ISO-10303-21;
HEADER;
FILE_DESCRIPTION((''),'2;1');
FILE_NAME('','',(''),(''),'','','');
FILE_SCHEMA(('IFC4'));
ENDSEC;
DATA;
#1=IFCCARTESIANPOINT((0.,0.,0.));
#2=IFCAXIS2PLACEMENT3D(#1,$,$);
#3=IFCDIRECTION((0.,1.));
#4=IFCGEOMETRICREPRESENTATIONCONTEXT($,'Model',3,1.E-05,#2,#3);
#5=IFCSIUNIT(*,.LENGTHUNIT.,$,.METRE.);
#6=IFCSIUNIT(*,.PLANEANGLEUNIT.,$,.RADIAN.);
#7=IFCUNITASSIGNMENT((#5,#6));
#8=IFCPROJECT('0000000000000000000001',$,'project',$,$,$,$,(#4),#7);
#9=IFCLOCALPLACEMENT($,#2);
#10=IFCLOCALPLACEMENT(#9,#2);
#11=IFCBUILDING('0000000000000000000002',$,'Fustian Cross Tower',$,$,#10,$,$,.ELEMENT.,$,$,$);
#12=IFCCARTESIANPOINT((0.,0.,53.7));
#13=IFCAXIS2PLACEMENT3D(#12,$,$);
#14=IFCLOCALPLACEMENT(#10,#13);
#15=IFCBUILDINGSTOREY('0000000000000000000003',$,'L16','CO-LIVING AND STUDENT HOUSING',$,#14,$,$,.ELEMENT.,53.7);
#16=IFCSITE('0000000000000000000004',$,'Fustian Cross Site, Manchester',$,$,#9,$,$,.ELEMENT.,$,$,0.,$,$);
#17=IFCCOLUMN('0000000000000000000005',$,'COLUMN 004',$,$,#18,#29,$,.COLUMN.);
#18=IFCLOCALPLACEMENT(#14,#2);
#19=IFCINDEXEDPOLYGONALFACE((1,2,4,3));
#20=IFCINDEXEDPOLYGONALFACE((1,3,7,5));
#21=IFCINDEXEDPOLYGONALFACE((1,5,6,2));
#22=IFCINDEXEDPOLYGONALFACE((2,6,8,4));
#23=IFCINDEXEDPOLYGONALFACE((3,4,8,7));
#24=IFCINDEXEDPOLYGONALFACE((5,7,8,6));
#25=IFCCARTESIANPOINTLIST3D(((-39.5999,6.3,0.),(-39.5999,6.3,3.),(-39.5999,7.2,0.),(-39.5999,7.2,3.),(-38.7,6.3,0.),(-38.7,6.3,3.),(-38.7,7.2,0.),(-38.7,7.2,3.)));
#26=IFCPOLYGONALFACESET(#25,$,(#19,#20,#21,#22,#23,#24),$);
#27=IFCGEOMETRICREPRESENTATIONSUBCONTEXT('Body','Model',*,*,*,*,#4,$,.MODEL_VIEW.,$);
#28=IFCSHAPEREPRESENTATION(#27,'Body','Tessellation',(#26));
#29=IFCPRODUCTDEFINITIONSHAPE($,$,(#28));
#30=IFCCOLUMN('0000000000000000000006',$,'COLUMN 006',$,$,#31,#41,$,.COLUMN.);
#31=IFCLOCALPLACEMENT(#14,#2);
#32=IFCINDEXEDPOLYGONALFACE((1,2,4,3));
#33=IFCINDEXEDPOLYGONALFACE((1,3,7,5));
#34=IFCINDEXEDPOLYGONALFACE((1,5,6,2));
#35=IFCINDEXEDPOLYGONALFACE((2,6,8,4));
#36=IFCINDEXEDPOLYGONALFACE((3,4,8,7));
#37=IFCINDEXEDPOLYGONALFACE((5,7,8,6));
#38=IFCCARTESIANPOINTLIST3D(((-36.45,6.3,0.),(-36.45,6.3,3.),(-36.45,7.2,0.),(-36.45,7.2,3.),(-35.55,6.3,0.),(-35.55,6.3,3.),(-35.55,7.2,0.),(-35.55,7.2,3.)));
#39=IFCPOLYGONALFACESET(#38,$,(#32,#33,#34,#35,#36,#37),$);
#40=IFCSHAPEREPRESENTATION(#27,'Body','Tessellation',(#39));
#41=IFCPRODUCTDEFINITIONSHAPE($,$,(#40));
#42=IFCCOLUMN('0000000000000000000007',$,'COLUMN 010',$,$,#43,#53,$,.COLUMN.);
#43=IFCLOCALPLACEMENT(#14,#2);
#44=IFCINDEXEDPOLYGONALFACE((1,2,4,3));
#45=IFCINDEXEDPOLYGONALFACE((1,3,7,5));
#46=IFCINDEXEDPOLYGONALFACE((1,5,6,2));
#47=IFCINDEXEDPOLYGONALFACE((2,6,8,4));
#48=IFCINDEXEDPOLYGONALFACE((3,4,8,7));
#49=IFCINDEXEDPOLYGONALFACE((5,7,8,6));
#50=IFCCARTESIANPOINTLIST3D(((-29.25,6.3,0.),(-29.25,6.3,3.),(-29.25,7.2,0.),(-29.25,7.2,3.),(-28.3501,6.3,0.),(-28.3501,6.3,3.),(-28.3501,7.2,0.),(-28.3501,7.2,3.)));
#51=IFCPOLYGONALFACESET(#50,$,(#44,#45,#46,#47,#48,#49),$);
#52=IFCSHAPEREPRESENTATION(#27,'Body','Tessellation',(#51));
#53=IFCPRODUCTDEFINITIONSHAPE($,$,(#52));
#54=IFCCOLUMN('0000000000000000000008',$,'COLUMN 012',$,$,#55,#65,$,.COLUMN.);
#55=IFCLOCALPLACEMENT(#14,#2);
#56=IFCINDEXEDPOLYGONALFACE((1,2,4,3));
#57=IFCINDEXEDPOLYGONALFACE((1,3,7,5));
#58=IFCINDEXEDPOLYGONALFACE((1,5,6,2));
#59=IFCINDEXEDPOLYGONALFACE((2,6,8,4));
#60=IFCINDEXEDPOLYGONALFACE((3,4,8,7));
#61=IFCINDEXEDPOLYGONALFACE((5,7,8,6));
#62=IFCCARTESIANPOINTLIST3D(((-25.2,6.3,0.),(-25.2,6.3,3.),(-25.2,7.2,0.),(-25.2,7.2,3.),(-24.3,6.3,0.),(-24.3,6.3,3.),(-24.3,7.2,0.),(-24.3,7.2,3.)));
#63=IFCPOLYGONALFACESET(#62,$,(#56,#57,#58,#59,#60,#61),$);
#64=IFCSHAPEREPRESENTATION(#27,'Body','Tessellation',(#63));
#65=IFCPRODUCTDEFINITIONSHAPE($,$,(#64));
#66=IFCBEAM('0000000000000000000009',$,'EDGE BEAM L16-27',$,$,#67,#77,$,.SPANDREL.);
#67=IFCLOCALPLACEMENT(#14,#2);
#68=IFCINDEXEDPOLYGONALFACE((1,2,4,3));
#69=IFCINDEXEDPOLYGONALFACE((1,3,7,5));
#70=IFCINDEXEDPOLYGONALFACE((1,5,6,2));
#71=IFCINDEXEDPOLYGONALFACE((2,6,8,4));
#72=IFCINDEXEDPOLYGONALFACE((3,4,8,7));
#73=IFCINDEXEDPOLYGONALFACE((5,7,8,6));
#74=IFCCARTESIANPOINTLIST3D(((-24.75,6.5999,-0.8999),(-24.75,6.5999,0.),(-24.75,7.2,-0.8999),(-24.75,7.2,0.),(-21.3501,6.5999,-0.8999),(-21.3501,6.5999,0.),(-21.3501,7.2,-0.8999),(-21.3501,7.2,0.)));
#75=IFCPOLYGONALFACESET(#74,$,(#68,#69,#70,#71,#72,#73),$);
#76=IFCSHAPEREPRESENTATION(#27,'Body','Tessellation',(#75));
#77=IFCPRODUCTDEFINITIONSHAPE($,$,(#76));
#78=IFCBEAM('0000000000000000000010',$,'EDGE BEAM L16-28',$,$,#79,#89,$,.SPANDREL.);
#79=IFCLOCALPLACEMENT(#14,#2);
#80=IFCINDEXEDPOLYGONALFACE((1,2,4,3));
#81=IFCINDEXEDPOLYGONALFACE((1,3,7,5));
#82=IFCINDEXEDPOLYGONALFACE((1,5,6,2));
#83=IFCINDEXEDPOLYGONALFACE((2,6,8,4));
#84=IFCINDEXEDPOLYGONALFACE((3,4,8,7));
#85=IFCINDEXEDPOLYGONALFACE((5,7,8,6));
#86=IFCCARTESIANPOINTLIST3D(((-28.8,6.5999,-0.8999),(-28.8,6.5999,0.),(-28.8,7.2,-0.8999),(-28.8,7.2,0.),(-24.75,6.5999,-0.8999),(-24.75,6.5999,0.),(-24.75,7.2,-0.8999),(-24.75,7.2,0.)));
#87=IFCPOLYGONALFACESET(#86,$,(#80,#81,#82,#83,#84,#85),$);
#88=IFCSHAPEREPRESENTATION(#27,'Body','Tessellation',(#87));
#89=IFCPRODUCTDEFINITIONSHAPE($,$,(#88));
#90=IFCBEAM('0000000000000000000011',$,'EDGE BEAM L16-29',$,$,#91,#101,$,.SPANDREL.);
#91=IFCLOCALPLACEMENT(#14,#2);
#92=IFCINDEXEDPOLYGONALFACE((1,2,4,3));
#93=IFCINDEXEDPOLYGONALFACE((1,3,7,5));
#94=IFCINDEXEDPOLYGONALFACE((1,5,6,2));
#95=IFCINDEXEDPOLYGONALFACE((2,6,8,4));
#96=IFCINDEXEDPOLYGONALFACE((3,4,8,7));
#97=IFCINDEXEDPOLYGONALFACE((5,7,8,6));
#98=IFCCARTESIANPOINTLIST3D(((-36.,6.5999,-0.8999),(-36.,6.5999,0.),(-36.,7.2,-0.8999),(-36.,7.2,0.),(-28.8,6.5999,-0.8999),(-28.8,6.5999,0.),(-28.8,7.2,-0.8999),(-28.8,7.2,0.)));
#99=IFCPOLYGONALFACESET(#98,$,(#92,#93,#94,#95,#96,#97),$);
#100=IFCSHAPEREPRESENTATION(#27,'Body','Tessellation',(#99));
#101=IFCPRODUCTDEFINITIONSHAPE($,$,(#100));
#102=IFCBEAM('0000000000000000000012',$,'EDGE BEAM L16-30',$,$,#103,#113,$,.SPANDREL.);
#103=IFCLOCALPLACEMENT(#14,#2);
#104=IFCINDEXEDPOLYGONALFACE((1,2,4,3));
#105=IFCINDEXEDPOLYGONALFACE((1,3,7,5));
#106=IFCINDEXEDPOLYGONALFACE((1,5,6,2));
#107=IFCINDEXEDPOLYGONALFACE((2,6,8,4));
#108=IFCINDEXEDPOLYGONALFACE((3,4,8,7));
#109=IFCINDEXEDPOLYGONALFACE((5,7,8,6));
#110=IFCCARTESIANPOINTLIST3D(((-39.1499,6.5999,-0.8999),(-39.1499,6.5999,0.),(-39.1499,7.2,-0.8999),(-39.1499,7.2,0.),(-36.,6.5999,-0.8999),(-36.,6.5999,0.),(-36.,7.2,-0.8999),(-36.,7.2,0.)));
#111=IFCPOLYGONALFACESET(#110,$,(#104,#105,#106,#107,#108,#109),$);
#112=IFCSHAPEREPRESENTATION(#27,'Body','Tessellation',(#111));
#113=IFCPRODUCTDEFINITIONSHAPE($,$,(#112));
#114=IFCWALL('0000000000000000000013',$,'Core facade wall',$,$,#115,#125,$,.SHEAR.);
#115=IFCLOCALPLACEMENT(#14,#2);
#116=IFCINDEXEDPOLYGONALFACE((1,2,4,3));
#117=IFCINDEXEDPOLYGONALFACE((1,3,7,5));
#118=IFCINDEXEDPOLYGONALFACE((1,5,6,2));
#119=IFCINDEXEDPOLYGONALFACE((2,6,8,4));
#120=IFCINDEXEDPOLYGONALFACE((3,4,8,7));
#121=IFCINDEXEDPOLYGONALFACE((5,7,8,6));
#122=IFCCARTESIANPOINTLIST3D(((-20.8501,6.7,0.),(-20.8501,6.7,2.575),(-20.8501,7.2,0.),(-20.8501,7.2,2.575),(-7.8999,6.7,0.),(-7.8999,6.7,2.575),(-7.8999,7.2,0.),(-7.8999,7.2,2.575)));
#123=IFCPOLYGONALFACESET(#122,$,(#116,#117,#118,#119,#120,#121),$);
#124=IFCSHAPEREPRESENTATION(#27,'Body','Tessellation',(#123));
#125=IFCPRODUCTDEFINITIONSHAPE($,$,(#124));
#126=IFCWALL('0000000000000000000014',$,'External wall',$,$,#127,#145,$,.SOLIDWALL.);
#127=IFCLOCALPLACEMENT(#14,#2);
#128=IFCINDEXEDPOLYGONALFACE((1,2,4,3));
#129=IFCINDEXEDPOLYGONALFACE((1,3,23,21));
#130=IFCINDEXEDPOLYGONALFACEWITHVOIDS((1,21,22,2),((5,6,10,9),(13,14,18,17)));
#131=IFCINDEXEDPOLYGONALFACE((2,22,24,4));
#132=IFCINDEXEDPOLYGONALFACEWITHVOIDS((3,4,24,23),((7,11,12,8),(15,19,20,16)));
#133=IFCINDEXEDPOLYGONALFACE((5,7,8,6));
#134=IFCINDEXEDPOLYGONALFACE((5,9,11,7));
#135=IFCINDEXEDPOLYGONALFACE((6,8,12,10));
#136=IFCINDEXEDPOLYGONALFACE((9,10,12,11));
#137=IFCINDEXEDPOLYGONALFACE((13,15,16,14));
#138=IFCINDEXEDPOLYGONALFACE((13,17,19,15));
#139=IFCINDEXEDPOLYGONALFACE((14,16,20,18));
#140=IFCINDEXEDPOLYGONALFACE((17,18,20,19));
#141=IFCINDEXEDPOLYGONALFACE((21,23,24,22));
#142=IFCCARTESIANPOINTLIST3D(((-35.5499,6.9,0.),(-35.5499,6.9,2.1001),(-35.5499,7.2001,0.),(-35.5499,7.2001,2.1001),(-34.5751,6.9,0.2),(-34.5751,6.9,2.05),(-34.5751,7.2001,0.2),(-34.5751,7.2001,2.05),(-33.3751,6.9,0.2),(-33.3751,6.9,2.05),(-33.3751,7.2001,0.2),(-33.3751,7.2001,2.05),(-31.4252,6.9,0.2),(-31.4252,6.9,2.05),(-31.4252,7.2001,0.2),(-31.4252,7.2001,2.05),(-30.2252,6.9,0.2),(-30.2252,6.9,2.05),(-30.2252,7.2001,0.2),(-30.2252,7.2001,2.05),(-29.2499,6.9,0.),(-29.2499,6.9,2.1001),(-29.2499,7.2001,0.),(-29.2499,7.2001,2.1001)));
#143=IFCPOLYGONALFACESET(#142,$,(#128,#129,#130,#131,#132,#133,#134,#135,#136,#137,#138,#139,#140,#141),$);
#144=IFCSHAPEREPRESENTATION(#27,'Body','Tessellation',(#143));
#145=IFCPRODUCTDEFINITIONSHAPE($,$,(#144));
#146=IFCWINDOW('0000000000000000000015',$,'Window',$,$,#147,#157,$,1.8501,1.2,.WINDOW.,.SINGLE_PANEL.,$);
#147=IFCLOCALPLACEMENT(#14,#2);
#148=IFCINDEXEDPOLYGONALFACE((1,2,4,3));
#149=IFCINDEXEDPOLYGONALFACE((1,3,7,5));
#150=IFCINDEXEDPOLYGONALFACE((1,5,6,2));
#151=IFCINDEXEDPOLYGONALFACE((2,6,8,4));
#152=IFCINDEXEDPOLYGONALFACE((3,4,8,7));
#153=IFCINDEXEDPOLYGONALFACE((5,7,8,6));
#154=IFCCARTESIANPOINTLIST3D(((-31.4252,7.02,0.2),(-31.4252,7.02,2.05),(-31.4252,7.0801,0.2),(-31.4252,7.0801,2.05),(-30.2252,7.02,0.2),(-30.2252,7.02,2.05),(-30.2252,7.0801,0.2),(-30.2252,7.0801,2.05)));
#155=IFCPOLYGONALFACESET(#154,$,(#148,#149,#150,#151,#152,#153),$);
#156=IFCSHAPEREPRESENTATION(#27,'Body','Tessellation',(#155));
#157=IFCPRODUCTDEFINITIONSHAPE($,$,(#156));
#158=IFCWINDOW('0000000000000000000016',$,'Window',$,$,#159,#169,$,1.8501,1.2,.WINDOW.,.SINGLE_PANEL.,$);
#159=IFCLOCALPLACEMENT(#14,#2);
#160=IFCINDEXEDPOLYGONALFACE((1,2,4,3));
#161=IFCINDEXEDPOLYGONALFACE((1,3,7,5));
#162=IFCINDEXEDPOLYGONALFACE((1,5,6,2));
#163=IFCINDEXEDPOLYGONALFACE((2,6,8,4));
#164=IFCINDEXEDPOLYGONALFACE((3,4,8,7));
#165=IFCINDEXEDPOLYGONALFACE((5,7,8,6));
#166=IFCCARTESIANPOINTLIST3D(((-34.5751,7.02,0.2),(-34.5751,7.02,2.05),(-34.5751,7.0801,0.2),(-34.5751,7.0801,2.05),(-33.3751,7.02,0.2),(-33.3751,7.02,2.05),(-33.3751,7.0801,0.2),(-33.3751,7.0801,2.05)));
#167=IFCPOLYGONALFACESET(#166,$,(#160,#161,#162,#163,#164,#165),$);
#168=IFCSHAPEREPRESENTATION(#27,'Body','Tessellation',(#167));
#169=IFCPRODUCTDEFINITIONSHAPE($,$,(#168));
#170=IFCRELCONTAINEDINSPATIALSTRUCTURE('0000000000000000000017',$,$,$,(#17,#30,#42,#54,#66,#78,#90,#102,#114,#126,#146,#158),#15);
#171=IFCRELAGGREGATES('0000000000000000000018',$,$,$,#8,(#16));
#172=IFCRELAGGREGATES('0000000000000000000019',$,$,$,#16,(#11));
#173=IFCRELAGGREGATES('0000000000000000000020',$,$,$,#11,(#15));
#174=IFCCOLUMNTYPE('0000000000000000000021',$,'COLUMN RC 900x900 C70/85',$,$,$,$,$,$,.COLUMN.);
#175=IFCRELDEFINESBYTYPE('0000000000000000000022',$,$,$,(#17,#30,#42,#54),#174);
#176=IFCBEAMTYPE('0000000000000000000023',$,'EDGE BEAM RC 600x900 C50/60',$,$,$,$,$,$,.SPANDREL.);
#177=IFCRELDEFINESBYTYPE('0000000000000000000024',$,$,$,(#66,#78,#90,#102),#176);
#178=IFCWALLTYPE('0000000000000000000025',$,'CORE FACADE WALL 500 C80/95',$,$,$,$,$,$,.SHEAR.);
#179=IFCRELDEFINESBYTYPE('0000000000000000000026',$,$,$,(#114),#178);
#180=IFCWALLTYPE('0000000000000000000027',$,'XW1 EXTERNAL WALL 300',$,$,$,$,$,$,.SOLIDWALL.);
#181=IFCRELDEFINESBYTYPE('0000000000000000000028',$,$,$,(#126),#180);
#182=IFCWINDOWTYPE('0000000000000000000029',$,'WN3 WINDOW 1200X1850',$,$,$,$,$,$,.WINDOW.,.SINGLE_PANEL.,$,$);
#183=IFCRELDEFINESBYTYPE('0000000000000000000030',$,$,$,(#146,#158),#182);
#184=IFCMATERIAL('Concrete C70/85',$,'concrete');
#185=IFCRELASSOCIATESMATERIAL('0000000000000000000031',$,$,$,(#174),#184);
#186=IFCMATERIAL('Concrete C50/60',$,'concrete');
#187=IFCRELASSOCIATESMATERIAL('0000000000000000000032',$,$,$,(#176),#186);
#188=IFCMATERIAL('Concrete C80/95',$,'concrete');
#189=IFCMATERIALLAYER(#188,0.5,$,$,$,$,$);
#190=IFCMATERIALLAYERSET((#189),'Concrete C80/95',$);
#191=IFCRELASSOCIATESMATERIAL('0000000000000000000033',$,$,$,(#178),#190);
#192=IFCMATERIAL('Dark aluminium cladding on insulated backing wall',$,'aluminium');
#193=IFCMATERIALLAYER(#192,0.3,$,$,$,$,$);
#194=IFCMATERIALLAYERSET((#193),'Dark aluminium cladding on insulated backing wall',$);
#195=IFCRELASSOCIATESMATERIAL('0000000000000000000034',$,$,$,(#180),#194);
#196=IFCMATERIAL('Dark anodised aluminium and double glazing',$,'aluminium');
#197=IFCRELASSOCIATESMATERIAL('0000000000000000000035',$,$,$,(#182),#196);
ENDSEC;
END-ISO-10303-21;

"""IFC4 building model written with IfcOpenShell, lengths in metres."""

from ifc_helpers import new_model, si_unit, direction, frame, frame_2d, origin, origin_2d, place, context, subcontext, project, spatial, rectangle, extrude, material, layer, layer_set, material_profile, profile_set, type_object, element, fill, save


model = new_model("IFC4")

# Units and contexts
model_context = context("Model", 3, precision=1e-05, world=origin(), true_north=direction((0.0, 1.0)))
body_context = subcontext(model_context, "Body", "Model", "MODEL_VIEW")
ifc_project = project(units=[si_unit("LENGTHUNIT", "METRE"), si_unit("PLANEANGLEUNIT", "RADIAN")], contexts=[model_context])

# Site, building, storey
site_placement = place(None, origin())
site = spatial("IfcSite", under=ifc_project, at=site_placement, Name="Fustian Cross Site, Manchester", CompositionType="ELEMENT", RefElevation=0.0)
building_placement = place(site_placement, origin())
building = spatial("IfcBuilding", under=site, at=building_placement, Name="Fustian Cross Tower", CompositionType="ELEMENT")
storey_placement = place(building_placement, frame((0.0, 0.0, 53.7)))
storey = spatial("IfcBuildingStorey", under=building, at=storey_placement, Name="L16", Description="CO-LIVING AND STUDENT HOUSING", CompositionType="ELEMENT", Elevation=53.7)

# Columns
ifc_material_1 = material(Name="Concrete C70/85", Category="concrete")
ifc_material_profile_1 = material_profile(ifc_material_1, rectangle(XDim=0.8999, YDim=0.8999, at=origin_2d()), Name="RC 900x900")
ifc_profile_set_1 = profile_set([ifc_material_profile_1], Name="Concrete C70/85")
column_type = type_object("IfcColumnType", Name="COLUMN RC 900x900 C70/85", PredefinedType="COLUMN", material=ifc_profile_set_1)
for number, where, z_axis, x_axis, name in (
    (1, (-39.1499, 6.75, 0.0), (0.0, 0.0, 1.0), (1.0, 0.0, 0.0), "COLUMN 004"),
    (2, (-36.0, 6.75, 0.0), (0.0, 0.0, 1.0), (1.0, 0.0, 0.0), "COLUMN 006"),
    (3, (-28.8, 6.75, 0.0), (0.0, 0.0, 1.0), (1.0, 0.0, 0.0), "COLUMN 010"),
    (4, (-24.75, 6.75, 0.0), (0.0, 0.0, 1.0), (1.0, 0.0, 0.0), "COLUMN 012"),
):
    element("IfcColumn", number, at=place(storey_placement, frame(where, z_axis=z_axis, x_axis=x_axis)), inside=storey, type_object=column_type, Name=name, PredefinedType="COLUMN", context=body_context, shape_type="SweptSolid", body=[
        extrude(rectangle(XDim=0.8999, YDim=0.8999, at=origin_2d()), origin(), (0.0, 0.0, 1.0), 3.0),
    ])

# Beams
ifc_material_2 = material(Name="Concrete C50/60", Category="concrete")
ifc_material_profile_2 = material_profile(ifc_material_2, rectangle(XDim=0.6001, YDim=0.8999, at=origin_2d()), Name="RC 600x900")
ifc_profile_set_2 = profile_set([ifc_material_profile_2], Name="Concrete C50/60")
beam_type = type_object("IfcBeamType", Name="EDGE BEAM RC 600x900 C50/60", PredefinedType="SPANDREL", material=ifc_profile_set_2)
beam_1_placement = place(storey_placement, frame((-21.3501, 6.8999, -0.45), z_axis=(-1.0, 0.0, 0.0), x_axis=(0.0, -1.0, 0.0)))
element("IfcBeam", 5, at=beam_1_placement, inside=storey, type_object=beam_type, Name="EDGE BEAM L16-27", PredefinedType="SPANDREL", context=body_context, shape_type="SweptSolid", body=[
    extrude(rectangle(XDim=0.6001, YDim=0.8999, at=origin_2d()), origin(), (0.0, 0.0, 1.0), 3.3999),
])
beam_2_placement = place(storey_placement, frame((-24.75, 6.8999, -0.45), z_axis=(-1.0, 0.0, 0.0), x_axis=(0.0, -1.0, 0.0)))
element("IfcBeam", 6, at=beam_2_placement, inside=storey, type_object=beam_type, Name="EDGE BEAM L16-28", PredefinedType="SPANDREL", context=body_context, shape_type="SweptSolid", body=[
    extrude(rectangle(XDim=0.6001, YDim=0.8999, at=origin_2d()), origin(), (0.0, 0.0, 1.0), 4.05),
])
beam_3_placement = place(storey_placement, frame((-28.8, 6.8999, -0.45), z_axis=(-1.0, 0.0, 0.0), x_axis=(0.0, -1.0, 0.0)))
element("IfcBeam", 7, at=beam_3_placement, inside=storey, type_object=beam_type, Name="EDGE BEAM L16-29", PredefinedType="SPANDREL", context=body_context, shape_type="SweptSolid", body=[
    extrude(rectangle(XDim=0.6001, YDim=0.8999, at=origin_2d()), origin(), (0.0, 0.0, 1.0), 7.2),
])
beam_4_placement = place(storey_placement, frame((-36.0, 6.8999, -0.45), z_axis=(-1.0, 0.0, 0.0), x_axis=(0.0, -1.0, 0.0)))
element("IfcBeam", 8, at=beam_4_placement, inside=storey, type_object=beam_type, Name="EDGE BEAM L16-30", PredefinedType="SPANDREL", context=body_context, shape_type="SweptSolid", body=[
    extrude(rectangle(XDim=0.6001, YDim=0.8999, at=origin_2d()), origin(), (0.0, 0.0, 1.0), 3.1499),
])

# Wall
ifc_material_3 = material(Name="Concrete C80/95", Category="concrete")
ifc_layer_1 = layer(ifc_material_3, 0.5)
ifc_layer_set_1 = layer_set([ifc_layer_1], Name="Concrete C80/95")
wall_type_1 = type_object("IfcWallType", Name="CORE FACADE WALL 500 C80/95", PredefinedType="SHEAR", material=ifc_layer_set_1)
wall_1_placement = place(storey_placement, frame((-7.8999, 6.95, 0.0), z_axis=(0.0, 0.0, 1.0), x_axis=(-1.0, 0.0, 0.0)))
element("IfcWall", 9, at=wall_1_placement, inside=storey, type_object=wall_type_1, Name="Core facade wall", PredefinedType="SHEAR", context=body_context, shape_type="SweptSolid", body=[
    extrude(rectangle(XDim=12.9502, YDim=0.5, at=frame_2d((6.4751, 0.0))), origin(), (0.0, 0.0, 1.0), 2.575),
])

# Wall, openings, windows
ifc_material_4 = material(Name="Dark aluminium cladding on insulated backing wall", Category="aluminium")
ifc_layer_2 = layer(ifc_material_4, 0.3)
ifc_layer_set_2 = layer_set([ifc_layer_2], Name="Dark aluminium cladding on insulated backing wall")
wall_type_2 = type_object("IfcWallType", Name="XW1 EXTERNAL WALL 300", PredefinedType="SOLIDWALL", material=ifc_layer_set_2)
wall_2_placement = place(storey_placement, frame((-29.25, 7.05, 0.0), z_axis=(0.0, 0.0, 1.0), x_axis=(-1.0, 0.0, 0.0)))
wall_2 = element("IfcWall", 10, at=wall_2_placement, inside=storey, type_object=wall_type_2, Name="External wall", PredefinedType="SOLIDWALL", context=body_context, shape_type="SweptSolid", body=[
    extrude(rectangle(XDim=6.3, YDim=0.3, at=frame_2d((3.1499, 0.0))), origin(), (0.0, 0.0, 1.0), 2.1001),
])
opening_1_placement = place(wall_2_placement, frame((0.9751, 0.0, 0.2)))
opening_1 = element("IfcOpeningElement", 11, at=opening_1_placement, cuts=wall_2, PredefinedType="OPENING", context=body_context, shape_type="SweptSolid", body=[
    extrude(rectangle(XDim=1.2, YDim=1.8501, at=frame_2d((0.6001, 0.925))), frame((0.0, 0.1599, 0.0), z_axis=(0.0, -1.0, 0.0), x_axis=(1.0, 0.0, 0.0)), (0.0, 0.0, 1.0), 0.3201),
])
opening_2_placement = place(wall_2_placement, frame((4.125, 0.0, 0.2)))
opening_2 = element("IfcOpeningElement", 12, at=opening_2_placement, cuts=wall_2, PredefinedType="OPENING", context=body_context, shape_type="SweptSolid", body=[
    extrude(rectangle(XDim=1.2, YDim=1.8501, at=frame_2d((0.6001, 0.925))), frame((0.0, 0.1599, 0.0), z_axis=(0.0, -1.0, 0.0), x_axis=(1.0, 0.0, 0.0)), (0.0, 0.0, 1.0), 0.3201),
])
ifc_material_5 = material(Name="Dark anodised aluminium and double glazing", Category="aluminium")
window_type = type_object("IfcWindowType", Name="WN3 WINDOW 1200X1850", PartitioningType="SINGLE_PANEL", PredefinedType="WINDOW", material=ifc_material_5)
window_1_placement = place(opening_1_placement, origin())
window_1 = element("IfcWindow", 13, at=window_1_placement, inside=storey, type_object=window_type, Name="Window", OverallHeight=1.8501, OverallWidth=1.2, PartitioningType="SINGLE_PANEL", PredefinedType="WINDOW", context=body_context, shape_type="SweptSolid", body=[
    extrude(rectangle(XDim=1.2, YDim=1.8501, at=frame_2d((0.6001, 0.925))), frame((0.0, 0.03, 0.0), z_axis=(0.0, -1.0, 0.0), x_axis=(1.0, 0.0, 0.0)), (0.0, 0.0, 1.0), 0.0601),
])
fill(opening_1, window_1)
window_2_placement = place(opening_2_placement, origin())
window_2 = element("IfcWindow", 14, at=window_2_placement, inside=storey, type_object=window_type, Name="Window", OverallHeight=1.8501, OverallWidth=1.2, PartitioningType="SINGLE_PANEL", PredefinedType="WINDOW", context=body_context, shape_type="SweptSolid", body=[
    extrude(rectangle(XDim=1.2, YDim=1.8501, at=frame_2d((0.6001, 0.925))), frame((0.0, 0.03, 0.0), z_axis=(0.0, -1.0, 0.0), x_axis=(1.0, 0.0, 0.0)), (0.0, 0.0, 1.0), 0.0601),
])
fill(opening_2, window_2)

save(model, "model.ifc")
